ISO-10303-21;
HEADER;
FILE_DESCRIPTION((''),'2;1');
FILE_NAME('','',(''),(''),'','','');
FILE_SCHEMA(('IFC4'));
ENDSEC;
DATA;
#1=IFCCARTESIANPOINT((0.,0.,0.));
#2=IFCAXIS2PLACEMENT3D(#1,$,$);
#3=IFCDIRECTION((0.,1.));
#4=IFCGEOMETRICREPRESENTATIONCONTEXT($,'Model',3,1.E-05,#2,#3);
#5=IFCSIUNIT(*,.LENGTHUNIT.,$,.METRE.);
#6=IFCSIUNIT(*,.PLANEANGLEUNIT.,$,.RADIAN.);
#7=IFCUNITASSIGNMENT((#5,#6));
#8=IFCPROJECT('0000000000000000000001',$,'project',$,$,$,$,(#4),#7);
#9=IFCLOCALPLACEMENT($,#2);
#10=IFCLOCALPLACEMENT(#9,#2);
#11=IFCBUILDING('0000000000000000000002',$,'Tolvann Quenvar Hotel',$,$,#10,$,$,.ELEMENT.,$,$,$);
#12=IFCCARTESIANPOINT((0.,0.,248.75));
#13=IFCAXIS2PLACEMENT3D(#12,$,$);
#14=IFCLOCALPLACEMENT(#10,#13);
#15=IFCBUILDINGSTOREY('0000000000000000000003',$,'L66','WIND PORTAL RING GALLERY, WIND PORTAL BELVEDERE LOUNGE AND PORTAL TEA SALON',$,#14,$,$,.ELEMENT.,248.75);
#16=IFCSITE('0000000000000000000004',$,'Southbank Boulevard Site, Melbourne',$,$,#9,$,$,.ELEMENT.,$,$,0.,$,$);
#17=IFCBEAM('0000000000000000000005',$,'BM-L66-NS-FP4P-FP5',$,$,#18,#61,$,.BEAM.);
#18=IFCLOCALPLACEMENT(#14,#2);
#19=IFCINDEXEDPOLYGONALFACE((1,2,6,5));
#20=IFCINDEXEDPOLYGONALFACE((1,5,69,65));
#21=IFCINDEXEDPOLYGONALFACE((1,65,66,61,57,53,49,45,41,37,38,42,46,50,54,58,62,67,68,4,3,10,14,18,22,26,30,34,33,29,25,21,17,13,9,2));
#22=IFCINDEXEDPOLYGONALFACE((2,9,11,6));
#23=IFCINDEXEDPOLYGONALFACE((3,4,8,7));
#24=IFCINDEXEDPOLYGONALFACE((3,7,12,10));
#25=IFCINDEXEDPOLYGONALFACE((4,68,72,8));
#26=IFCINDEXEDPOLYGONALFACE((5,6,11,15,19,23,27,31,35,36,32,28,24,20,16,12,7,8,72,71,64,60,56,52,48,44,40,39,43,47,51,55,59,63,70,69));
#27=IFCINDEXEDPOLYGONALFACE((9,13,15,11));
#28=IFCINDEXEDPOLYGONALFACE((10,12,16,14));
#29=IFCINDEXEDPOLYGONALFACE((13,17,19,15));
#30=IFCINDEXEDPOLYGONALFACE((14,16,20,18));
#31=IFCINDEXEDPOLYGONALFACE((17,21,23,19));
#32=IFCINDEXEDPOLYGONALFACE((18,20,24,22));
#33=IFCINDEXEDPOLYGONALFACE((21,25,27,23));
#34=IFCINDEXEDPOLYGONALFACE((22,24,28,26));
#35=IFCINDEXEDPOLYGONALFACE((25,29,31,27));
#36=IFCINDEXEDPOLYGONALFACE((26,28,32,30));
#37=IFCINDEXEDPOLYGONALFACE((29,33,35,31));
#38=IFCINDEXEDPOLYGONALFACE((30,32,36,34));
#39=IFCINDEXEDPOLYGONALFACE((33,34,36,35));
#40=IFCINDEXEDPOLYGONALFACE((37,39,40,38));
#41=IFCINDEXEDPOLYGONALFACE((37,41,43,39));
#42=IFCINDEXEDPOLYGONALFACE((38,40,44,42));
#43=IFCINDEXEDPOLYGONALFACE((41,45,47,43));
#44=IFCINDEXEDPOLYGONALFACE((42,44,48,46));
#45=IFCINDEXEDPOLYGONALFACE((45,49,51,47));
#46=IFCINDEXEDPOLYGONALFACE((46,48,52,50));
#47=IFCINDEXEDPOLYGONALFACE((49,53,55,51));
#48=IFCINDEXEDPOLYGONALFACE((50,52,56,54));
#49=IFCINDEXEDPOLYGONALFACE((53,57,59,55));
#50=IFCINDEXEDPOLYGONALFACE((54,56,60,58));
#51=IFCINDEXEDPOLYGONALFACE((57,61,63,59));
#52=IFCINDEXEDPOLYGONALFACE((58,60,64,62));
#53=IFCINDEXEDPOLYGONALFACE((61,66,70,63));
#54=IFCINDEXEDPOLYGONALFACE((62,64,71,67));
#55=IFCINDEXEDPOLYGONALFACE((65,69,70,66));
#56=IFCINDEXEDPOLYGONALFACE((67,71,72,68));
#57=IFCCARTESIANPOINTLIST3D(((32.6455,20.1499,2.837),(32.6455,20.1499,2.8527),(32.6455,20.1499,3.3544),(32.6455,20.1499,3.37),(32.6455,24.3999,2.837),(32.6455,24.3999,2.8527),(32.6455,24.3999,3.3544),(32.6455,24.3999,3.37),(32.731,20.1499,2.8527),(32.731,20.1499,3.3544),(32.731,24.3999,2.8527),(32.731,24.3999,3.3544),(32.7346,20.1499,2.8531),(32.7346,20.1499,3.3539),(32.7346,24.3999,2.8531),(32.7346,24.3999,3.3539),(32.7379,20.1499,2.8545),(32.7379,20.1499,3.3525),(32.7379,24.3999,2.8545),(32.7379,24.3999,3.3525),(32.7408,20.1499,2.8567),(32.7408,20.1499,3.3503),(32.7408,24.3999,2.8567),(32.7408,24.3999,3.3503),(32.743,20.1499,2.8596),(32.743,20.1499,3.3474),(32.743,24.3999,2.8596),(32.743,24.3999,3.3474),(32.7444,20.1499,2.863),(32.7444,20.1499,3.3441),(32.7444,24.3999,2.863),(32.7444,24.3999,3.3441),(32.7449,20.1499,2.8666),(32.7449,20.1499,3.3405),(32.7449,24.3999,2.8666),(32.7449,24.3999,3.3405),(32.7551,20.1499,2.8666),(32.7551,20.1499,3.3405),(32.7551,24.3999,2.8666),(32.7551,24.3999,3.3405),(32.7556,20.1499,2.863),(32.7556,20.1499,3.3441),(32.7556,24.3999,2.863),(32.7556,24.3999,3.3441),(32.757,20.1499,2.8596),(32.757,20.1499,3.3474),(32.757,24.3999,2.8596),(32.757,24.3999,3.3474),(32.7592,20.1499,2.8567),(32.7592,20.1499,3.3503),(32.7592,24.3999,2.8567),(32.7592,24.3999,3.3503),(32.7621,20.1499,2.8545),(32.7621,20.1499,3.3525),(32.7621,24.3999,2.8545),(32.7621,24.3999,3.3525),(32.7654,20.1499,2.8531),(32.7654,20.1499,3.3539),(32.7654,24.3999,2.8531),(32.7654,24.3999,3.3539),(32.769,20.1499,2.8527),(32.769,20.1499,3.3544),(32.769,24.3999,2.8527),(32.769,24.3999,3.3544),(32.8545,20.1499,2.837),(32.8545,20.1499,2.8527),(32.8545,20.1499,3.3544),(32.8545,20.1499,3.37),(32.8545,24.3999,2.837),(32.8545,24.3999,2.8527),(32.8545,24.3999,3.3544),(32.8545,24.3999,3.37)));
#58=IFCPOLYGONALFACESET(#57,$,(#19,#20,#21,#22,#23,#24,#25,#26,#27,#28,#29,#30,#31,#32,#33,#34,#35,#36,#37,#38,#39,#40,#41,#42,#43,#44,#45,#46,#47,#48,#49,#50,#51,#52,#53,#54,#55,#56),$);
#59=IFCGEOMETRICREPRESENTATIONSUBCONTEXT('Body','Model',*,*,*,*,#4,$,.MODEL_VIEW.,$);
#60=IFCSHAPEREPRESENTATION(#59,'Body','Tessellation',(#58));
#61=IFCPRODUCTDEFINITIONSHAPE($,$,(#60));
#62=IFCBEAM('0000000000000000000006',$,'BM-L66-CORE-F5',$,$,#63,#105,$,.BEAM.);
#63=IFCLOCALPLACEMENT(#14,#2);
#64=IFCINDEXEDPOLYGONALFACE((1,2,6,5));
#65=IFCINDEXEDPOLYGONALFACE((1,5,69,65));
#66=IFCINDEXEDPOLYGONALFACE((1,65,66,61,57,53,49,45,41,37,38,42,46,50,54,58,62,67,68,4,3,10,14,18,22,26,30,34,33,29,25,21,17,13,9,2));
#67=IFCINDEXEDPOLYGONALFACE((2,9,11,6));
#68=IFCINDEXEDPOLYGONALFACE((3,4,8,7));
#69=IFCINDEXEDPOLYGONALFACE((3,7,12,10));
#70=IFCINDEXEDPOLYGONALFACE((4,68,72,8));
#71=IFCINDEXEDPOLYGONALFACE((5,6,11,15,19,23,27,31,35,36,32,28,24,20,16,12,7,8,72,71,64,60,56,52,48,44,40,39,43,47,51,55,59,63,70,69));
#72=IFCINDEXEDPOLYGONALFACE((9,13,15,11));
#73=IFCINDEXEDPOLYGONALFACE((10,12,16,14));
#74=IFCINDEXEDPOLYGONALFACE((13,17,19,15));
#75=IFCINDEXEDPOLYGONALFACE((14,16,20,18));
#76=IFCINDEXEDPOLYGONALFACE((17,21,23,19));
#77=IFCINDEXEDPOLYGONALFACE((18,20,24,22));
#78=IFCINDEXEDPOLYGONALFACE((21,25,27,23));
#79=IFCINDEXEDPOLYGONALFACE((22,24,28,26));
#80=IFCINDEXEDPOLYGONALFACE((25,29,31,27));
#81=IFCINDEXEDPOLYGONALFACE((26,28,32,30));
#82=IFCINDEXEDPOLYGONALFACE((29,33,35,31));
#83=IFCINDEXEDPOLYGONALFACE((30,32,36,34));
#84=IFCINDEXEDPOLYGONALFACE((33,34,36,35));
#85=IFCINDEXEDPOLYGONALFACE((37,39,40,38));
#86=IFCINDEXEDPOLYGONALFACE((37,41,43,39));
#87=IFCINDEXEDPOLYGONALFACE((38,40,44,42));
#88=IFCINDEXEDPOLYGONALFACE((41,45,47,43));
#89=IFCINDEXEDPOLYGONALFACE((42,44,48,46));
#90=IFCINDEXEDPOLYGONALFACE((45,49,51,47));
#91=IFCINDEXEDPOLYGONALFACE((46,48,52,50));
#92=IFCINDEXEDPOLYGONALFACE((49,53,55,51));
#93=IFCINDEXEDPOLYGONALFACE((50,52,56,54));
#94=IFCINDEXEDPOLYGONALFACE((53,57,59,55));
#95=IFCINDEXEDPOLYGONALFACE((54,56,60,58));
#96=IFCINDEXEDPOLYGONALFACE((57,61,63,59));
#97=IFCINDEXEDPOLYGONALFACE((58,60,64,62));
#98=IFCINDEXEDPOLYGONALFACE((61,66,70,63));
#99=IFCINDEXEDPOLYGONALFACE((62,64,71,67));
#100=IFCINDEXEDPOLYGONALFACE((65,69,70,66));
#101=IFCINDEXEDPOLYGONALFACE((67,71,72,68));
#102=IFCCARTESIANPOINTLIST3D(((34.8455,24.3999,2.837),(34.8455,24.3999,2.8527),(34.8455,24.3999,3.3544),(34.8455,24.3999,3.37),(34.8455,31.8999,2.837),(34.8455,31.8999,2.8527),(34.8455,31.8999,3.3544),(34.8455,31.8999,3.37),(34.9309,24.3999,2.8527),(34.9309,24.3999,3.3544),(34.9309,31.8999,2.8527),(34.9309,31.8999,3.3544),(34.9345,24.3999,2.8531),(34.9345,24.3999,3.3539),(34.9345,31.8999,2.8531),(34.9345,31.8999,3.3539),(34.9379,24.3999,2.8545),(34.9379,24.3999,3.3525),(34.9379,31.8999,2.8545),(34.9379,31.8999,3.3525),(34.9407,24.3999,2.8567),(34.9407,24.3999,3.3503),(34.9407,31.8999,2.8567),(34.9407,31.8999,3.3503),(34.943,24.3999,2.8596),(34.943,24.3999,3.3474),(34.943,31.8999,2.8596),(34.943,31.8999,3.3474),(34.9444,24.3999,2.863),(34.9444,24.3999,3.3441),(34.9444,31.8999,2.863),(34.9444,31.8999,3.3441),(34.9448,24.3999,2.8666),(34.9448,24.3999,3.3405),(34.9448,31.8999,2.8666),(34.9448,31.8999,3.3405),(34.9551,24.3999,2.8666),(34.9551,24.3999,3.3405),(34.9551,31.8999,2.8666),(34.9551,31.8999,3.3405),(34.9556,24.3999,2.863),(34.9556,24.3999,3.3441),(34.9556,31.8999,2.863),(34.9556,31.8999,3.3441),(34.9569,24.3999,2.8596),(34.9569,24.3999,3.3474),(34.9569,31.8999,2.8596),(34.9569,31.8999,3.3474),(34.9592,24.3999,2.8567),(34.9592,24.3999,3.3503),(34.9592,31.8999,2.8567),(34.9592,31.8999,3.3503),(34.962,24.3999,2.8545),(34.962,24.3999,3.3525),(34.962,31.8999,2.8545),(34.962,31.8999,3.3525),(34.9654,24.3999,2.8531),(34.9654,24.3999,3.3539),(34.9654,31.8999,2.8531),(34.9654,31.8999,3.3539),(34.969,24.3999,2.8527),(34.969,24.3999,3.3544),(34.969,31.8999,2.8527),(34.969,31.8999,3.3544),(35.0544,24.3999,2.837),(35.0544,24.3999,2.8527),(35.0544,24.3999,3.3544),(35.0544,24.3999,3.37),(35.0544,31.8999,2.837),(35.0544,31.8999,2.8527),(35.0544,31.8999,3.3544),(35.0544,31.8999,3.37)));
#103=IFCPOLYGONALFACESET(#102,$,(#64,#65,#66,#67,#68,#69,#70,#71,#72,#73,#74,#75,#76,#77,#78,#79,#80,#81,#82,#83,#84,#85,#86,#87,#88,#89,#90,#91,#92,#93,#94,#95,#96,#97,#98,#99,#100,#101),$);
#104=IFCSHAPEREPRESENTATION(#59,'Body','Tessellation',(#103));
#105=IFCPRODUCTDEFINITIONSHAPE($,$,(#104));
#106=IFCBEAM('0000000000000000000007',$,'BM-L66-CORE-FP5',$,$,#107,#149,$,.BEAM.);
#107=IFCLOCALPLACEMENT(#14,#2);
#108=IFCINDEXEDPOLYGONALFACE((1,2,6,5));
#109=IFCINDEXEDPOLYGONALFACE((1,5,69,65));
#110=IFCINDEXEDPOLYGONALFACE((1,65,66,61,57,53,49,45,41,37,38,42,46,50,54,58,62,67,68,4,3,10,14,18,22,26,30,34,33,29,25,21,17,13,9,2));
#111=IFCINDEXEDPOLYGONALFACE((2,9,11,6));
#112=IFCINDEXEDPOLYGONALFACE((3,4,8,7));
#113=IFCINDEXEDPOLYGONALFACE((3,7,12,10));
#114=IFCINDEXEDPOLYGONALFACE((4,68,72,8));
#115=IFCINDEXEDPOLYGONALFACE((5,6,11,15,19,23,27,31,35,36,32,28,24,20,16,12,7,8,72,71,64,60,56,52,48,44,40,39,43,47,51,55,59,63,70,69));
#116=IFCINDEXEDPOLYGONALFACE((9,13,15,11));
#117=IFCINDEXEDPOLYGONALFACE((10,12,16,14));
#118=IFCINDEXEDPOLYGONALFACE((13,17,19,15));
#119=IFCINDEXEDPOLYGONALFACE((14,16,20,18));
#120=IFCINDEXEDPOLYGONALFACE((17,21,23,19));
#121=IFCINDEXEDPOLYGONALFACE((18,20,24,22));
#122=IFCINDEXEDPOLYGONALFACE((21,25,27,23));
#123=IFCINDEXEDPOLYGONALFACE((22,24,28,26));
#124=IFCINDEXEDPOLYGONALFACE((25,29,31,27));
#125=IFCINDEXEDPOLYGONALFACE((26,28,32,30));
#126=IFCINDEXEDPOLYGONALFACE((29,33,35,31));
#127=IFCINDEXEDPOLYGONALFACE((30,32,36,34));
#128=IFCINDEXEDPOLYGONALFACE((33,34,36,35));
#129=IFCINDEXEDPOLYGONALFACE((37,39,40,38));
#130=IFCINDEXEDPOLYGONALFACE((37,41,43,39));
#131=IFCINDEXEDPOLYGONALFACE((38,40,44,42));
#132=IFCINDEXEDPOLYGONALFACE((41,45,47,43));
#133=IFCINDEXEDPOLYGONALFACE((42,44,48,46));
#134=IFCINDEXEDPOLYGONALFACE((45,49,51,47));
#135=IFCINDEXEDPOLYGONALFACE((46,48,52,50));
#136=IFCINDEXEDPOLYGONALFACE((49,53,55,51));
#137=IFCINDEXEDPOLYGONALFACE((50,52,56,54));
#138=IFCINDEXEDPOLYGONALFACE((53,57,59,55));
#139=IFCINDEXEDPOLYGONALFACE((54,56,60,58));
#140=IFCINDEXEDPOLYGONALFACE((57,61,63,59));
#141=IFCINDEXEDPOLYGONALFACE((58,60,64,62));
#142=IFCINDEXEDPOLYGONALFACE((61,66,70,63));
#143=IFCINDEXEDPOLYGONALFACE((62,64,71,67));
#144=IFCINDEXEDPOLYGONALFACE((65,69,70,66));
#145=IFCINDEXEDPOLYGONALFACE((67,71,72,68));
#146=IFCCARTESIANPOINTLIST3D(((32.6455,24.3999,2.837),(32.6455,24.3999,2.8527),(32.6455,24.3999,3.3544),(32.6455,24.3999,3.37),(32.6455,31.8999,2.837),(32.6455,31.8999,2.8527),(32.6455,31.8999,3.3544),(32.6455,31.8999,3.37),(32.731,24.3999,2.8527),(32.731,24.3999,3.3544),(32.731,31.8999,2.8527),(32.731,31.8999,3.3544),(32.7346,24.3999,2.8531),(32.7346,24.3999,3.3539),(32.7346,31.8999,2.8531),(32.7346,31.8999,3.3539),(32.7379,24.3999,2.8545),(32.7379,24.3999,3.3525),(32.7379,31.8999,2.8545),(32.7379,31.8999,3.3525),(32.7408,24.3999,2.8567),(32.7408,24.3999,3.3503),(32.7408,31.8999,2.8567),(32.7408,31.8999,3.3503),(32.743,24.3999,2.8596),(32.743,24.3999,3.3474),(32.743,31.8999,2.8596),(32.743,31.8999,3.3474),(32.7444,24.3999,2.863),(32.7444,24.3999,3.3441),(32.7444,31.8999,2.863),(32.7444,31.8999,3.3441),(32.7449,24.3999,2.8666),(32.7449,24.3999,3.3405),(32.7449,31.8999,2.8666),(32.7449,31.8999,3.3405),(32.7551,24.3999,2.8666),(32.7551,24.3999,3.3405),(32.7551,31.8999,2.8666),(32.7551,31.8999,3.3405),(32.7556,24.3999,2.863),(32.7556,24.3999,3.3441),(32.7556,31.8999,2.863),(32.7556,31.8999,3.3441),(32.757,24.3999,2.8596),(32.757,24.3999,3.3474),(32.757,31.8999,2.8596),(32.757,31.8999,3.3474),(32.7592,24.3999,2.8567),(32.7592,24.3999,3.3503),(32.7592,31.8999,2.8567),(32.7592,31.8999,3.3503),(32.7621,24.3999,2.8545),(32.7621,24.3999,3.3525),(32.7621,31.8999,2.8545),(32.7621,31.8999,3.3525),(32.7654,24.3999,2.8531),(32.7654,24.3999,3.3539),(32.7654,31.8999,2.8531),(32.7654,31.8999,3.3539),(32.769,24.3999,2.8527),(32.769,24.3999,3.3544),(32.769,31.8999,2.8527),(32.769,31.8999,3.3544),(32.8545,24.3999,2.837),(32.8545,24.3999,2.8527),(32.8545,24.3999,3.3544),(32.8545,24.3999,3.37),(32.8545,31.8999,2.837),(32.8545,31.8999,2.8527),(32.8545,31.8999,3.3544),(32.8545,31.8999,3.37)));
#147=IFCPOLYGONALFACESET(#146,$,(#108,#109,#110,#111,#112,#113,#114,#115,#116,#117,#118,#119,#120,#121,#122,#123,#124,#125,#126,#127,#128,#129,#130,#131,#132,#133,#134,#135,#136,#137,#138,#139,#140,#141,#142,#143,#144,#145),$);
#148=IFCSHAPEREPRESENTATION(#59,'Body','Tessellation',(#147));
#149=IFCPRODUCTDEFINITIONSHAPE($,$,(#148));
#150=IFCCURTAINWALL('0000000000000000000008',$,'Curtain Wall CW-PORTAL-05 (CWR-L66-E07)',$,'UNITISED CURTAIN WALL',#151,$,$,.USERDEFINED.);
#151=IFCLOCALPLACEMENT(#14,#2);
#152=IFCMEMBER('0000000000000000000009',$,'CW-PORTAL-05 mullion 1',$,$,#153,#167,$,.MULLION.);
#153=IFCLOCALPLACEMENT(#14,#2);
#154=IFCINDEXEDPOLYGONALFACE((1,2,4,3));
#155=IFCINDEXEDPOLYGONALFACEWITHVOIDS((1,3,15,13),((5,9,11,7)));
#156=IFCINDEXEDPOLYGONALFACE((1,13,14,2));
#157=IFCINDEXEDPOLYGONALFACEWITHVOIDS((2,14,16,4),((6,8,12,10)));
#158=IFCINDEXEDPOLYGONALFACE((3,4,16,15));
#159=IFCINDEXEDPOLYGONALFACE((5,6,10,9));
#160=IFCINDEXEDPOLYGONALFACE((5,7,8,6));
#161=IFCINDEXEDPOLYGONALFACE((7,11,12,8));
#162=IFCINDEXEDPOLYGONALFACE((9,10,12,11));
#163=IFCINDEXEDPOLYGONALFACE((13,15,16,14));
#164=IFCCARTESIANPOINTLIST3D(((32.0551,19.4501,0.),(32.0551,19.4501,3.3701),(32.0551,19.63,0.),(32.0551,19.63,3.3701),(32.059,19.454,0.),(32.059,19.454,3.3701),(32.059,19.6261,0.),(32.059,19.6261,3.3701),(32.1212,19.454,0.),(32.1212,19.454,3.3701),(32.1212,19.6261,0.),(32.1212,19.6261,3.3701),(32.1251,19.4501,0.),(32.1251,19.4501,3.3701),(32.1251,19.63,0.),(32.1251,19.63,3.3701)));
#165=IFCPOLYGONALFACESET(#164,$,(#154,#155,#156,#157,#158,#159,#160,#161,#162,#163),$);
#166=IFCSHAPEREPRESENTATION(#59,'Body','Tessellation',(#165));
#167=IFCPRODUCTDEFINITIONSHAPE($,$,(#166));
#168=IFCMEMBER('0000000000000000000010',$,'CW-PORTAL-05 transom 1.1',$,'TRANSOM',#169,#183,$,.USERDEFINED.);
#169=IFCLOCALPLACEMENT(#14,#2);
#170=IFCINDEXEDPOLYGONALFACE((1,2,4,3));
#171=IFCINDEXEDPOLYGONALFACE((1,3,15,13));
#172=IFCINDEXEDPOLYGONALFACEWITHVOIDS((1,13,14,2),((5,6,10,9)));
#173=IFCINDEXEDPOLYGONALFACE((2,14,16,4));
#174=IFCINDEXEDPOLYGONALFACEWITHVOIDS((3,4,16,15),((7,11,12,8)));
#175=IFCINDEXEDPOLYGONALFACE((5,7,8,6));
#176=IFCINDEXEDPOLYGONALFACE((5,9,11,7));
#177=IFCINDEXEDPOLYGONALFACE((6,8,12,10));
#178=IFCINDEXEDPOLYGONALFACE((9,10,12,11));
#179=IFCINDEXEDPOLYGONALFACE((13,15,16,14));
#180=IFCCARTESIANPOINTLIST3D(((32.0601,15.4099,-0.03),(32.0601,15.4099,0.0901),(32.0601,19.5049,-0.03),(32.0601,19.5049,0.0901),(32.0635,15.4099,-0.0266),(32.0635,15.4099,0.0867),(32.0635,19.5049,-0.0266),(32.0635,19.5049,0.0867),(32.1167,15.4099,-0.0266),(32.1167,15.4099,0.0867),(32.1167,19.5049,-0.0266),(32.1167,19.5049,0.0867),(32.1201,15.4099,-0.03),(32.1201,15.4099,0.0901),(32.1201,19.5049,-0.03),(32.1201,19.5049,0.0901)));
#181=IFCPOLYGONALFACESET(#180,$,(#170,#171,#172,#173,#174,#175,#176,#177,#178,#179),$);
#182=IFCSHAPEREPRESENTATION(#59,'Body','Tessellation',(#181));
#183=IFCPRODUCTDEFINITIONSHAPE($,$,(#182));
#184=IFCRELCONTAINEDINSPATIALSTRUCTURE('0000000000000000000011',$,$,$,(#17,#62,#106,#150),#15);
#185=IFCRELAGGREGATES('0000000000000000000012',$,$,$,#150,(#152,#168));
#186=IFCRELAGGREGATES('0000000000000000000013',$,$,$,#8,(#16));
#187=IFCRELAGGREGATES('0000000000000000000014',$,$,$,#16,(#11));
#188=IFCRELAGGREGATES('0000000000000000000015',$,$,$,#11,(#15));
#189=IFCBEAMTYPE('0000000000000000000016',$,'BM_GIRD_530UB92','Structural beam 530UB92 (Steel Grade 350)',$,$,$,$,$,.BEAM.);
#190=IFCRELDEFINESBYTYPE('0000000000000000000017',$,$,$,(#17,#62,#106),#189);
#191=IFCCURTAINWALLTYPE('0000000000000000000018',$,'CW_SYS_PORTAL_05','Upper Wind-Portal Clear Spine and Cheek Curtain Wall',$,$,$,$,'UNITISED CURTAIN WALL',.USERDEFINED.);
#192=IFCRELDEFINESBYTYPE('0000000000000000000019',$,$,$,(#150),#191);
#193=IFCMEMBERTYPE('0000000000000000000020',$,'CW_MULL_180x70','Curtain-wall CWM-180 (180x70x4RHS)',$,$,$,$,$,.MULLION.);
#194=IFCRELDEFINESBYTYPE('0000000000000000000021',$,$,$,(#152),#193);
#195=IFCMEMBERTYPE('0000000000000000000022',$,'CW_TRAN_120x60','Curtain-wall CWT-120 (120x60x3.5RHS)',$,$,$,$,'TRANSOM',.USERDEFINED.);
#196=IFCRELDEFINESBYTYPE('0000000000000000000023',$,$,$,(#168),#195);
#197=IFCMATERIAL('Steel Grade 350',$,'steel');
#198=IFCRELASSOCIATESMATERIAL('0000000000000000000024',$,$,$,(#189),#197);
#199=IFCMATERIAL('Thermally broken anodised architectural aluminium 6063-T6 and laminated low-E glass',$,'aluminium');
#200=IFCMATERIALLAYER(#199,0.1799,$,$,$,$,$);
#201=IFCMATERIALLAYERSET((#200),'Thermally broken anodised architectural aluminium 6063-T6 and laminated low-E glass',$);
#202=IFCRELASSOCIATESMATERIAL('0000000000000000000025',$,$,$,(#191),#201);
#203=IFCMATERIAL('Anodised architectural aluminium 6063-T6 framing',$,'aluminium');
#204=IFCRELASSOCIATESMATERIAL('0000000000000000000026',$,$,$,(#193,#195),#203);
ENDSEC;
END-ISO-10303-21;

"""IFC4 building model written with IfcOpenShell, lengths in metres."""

from ifc_helpers import new_model, si_unit, direction, frame, origin, origin_2d, place, context, subcontext, project, spatial, hollow_rectangle, i_section, extrude, source, transform, mapped, material, layer, layer_set, material_profile, profile_set, type_object, type_shapes, element, aggregate, save


model = new_model("IFC4")

# Units and contexts
model_context = context("Model", 3, precision=1e-05, world=origin(), true_north=direction((0.0, 1.0)))
body_context = subcontext(model_context, "Body", "Model", "MODEL_VIEW")
ifc_project = project(units=[si_unit("LENGTHUNIT", "METRE"), si_unit("PLANEANGLEUNIT", "RADIAN")], contexts=[model_context])

# Site, building, storey
site_placement = place(None, origin())
site = spatial("IfcSite", under=ifc_project, at=site_placement, Name="Southbank Boulevard Site, Melbourne", CompositionType="ELEMENT", RefElevation=0.0)
building_placement = place(site_placement, origin())
building = spatial("IfcBuilding", under=site, at=building_placement, Name="Tolvann Quenvar Hotel", CompositionType="ELEMENT")
storey_placement = place(building_placement, frame((0.0, 0.0, 248.75)))
storey = spatial("IfcBuildingStorey", under=building, at=storey_placement, Name="L66", Description="WIND PORTAL RING GALLERY, WIND PORTAL BELVEDERE LOUNGE AND PORTAL TEA SALON", CompositionType="ELEMENT", Elevation=248.75)

# Shared definitions
ifc_material_1 = material(Name="Steel Grade 350", Category="steel")

# Beams
ifc_material_profile_1 = material_profile(ifc_material_1, i_section(OverallWidth=0.209, OverallDepth=0.533, WebThickness=0.0103, FlangeThickness=0.0156, FilletRadius=0.0139, at=origin_2d()), Name="530UB92")
ifc_profile_set_1 = profile_set([ifc_material_profile_1], Name="Steel Grade 350")
beam_type_1 = type_object("IfcBeamType", Name="BM_GIRD_530UB92", Description="Structural beam 530UB92 (Steel Grade 350)", PredefinedType="BEAM", material=ifc_profile_set_1)
shared_shape_1 = source(origin(), body_context, "Body", "SweptSolid", [
    extrude(i_section(OverallWidth=0.209, OverallDepth=0.533, WebThickness=0.0103, FlangeThickness=0.0156, FilletRadius=0.0139, at=origin_2d()), origin(), (0.0, 0.0, 1.0), 4.25),
])
beam_1_placement = place(storey_placement, frame((32.75, 20.1499, 3.1035), z_axis=(0.0, 1.0, 0.0), x_axis=(-1.0, 0.0, 0.0)))
element("IfcBeam", 1, at=beam_1_placement, inside=storey, type_object=beam_type_1, Name="BM-L66-NS-FP4P-FP5", PredefinedType="BEAM", context=body_context, shape_type="MappedRepresentation", body=[
    mapped(shared_shape_1, transform((0.0, 0.0, 0.0), x_axis=(1.0, 0.0, 0.0), y_axis=(0.0, 1.0, 0.0), z_axis=(0.0, 0.0, 1.0), scale=1.0)),
])
shared_shape_2 = source(origin(), body_context, "Body", "SweptSolid", [
    extrude(i_section(OverallWidth=0.209, OverallDepth=0.533, WebThickness=0.0103, FlangeThickness=0.0156, FilletRadius=0.0139, at=origin_2d()), origin(), (0.0, 0.0, 1.0), 7.5),
])
for number, where, z_axis, x_axis, name in (
    (2, (34.95, 24.3999, 3.1035), (0.0, 1.0, 0.0), (-1.0, 0.0, 0.0), "BM-L66-CORE-F5"),
    (3, (32.75, 24.3999, 3.1035), (0.0, 1.0, 0.0), (-1.0, 0.0, 0.0), "BM-L66-CORE-FP5"),
):
    element("IfcBeam", number, at=place(storey_placement, frame(where, z_axis=z_axis, x_axis=x_axis)), inside=storey, type_object=beam_type_1, Name=name, PredefinedType="BEAM", context=body_context, shape_type="MappedRepresentation", body=[
        mapped(shared_shape_2, transform((0.0, 0.0, 0.0), x_axis=(1.0, 0.0, 0.0), y_axis=(0.0, 1.0, 0.0), z_axis=(0.0, 0.0, 1.0), scale=1.0)),
    ])

# Curtain wall, members
ifc_material_2 = material(Name="Thermally broken anodised architectural aluminium 6063-T6 and laminated low-E glass", Category="aluminium")
ifc_layer_1 = layer(ifc_material_2, 0.1799)
ifc_layer_set_1 = layer_set([ifc_layer_1], Name="Thermally broken anodised architectural aluminium 6063-T6 and laminated low-E glass")
curtain_wall_type = type_object("IfcCurtainWallType", Name="CW_SYS_PORTAL_05", Description="Upper Wind-Portal Clear Spine and Cheek Curtain Wall", ElementType="UNITISED CURTAIN WALL", PredefinedType="USERDEFINED", material=ifc_layer_set_1)
curtain_wall_placement = place(storey_placement, origin())
curtain_wall = element("IfcCurtainWall", 4, at=curtain_wall_placement, inside=storey, type_object=curtain_wall_type, Name="Curtain Wall CW-PORTAL-05 (CWR-L66-E07)", ObjectType="UNITISED CURTAIN WALL", PredefinedType="USERDEFINED")
ifc_material_3 = material(Name="Anodised architectural aluminium 6063-T6 framing", Category="aluminium")
ifc_material_profile_2 = material_profile(ifc_material_3, hollow_rectangle(XDim=0.0701, YDim=0.1799, WallThickness=0.0039, at=origin_2d()), Name="180x70x4RHS")
ifc_profile_set_2 = profile_set([ifc_material_profile_2], Name="Anodised architectural aluminium 6063-T6 framing")
member_type_1 = type_object("IfcMemberType", Name="CW_MULL_180x70", Description="Curtain-wall CWM-180 (180x70x4RHS)", PredefinedType="MULLION", material=ifc_profile_set_2)
shared_shape_3 = source(origin(), body_context, "Body", "SweptSolid", [
    extrude(hollow_rectangle(XDim=0.0701, YDim=0.1799, WallThickness=0.0039, at=origin_2d()), origin(), (0.0, 0.0, 1.0), 3.3701),
])
type_shapes(member_type_1, [shared_shape_3])
member_1_placement = place(storey_placement, frame((32.0901, 19.54, 0.0), z_axis=(0.0, 0.0, 1.0), x_axis=(1.0, 0.0, 0.0)))
member_1 = element("IfcMember", 5, at=member_1_placement, type_object=member_type_1, Name="CW-PORTAL-05 mullion 1", PredefinedType="MULLION", context=body_context, shape_type="MappedRepresentation", body=[
    mapped(shared_shape_3, transform((0.0, 0.0, 0.0), x_axis=(1.0, 0.0, 0.0), y_axis=(0.0, 1.0, 0.0), z_axis=(0.0, 0.0, 1.0), scale=1.0)),
])
ifc_material_profile_3 = material_profile(ifc_material_3, hollow_rectangle(XDim=0.0601, YDim=0.1201, WallThickness=0.0034, at=origin_2d()), Name="120x60x3.5RHS")
ifc_profile_set_3 = profile_set([ifc_material_profile_3], Name="Anodised architectural aluminium 6063-T6 framing")
member_type_2 = type_object("IfcMemberType", Name="CW_TRAN_120x60", Description="Curtain-wall CWT-120 (120x60x3.5RHS)", ElementType="TRANSOM", PredefinedType="USERDEFINED", material=ifc_profile_set_3)
shared_shape_4 = source(origin(), body_context, "Body", "SweptSolid", [
    extrude(hollow_rectangle(XDim=0.0601, YDim=0.1201, WallThickness=0.0034, at=origin_2d()), origin(), (0.0, 0.0, 1.0), 4.095),
])
type_shapes(member_type_2, [shared_shape_4])
member_2_placement = place(storey_placement, frame((32.0901, 19.5049, 0.03), z_axis=(0.0, -1.0, 0.0), x_axis=(1.0, 0.0, 0.0)))
member_2 = element("IfcMember", 6, at=member_2_placement, type_object=member_type_2, Name="CW-PORTAL-05 transom 1.1", ObjectType="TRANSOM", PredefinedType="USERDEFINED", context=body_context, shape_type="MappedRepresentation", body=[
    mapped(shared_shape_4, transform((0.0, 0.0, 0.0), x_axis=(1.0, 0.0, 0.0), y_axis=(0.0, 1.0, 0.0), z_axis=(0.0, 0.0, 1.0), scale=1.0)),
])
aggregate(curtain_wall, [member_1, member_2])

save(model, "model.ifc")
